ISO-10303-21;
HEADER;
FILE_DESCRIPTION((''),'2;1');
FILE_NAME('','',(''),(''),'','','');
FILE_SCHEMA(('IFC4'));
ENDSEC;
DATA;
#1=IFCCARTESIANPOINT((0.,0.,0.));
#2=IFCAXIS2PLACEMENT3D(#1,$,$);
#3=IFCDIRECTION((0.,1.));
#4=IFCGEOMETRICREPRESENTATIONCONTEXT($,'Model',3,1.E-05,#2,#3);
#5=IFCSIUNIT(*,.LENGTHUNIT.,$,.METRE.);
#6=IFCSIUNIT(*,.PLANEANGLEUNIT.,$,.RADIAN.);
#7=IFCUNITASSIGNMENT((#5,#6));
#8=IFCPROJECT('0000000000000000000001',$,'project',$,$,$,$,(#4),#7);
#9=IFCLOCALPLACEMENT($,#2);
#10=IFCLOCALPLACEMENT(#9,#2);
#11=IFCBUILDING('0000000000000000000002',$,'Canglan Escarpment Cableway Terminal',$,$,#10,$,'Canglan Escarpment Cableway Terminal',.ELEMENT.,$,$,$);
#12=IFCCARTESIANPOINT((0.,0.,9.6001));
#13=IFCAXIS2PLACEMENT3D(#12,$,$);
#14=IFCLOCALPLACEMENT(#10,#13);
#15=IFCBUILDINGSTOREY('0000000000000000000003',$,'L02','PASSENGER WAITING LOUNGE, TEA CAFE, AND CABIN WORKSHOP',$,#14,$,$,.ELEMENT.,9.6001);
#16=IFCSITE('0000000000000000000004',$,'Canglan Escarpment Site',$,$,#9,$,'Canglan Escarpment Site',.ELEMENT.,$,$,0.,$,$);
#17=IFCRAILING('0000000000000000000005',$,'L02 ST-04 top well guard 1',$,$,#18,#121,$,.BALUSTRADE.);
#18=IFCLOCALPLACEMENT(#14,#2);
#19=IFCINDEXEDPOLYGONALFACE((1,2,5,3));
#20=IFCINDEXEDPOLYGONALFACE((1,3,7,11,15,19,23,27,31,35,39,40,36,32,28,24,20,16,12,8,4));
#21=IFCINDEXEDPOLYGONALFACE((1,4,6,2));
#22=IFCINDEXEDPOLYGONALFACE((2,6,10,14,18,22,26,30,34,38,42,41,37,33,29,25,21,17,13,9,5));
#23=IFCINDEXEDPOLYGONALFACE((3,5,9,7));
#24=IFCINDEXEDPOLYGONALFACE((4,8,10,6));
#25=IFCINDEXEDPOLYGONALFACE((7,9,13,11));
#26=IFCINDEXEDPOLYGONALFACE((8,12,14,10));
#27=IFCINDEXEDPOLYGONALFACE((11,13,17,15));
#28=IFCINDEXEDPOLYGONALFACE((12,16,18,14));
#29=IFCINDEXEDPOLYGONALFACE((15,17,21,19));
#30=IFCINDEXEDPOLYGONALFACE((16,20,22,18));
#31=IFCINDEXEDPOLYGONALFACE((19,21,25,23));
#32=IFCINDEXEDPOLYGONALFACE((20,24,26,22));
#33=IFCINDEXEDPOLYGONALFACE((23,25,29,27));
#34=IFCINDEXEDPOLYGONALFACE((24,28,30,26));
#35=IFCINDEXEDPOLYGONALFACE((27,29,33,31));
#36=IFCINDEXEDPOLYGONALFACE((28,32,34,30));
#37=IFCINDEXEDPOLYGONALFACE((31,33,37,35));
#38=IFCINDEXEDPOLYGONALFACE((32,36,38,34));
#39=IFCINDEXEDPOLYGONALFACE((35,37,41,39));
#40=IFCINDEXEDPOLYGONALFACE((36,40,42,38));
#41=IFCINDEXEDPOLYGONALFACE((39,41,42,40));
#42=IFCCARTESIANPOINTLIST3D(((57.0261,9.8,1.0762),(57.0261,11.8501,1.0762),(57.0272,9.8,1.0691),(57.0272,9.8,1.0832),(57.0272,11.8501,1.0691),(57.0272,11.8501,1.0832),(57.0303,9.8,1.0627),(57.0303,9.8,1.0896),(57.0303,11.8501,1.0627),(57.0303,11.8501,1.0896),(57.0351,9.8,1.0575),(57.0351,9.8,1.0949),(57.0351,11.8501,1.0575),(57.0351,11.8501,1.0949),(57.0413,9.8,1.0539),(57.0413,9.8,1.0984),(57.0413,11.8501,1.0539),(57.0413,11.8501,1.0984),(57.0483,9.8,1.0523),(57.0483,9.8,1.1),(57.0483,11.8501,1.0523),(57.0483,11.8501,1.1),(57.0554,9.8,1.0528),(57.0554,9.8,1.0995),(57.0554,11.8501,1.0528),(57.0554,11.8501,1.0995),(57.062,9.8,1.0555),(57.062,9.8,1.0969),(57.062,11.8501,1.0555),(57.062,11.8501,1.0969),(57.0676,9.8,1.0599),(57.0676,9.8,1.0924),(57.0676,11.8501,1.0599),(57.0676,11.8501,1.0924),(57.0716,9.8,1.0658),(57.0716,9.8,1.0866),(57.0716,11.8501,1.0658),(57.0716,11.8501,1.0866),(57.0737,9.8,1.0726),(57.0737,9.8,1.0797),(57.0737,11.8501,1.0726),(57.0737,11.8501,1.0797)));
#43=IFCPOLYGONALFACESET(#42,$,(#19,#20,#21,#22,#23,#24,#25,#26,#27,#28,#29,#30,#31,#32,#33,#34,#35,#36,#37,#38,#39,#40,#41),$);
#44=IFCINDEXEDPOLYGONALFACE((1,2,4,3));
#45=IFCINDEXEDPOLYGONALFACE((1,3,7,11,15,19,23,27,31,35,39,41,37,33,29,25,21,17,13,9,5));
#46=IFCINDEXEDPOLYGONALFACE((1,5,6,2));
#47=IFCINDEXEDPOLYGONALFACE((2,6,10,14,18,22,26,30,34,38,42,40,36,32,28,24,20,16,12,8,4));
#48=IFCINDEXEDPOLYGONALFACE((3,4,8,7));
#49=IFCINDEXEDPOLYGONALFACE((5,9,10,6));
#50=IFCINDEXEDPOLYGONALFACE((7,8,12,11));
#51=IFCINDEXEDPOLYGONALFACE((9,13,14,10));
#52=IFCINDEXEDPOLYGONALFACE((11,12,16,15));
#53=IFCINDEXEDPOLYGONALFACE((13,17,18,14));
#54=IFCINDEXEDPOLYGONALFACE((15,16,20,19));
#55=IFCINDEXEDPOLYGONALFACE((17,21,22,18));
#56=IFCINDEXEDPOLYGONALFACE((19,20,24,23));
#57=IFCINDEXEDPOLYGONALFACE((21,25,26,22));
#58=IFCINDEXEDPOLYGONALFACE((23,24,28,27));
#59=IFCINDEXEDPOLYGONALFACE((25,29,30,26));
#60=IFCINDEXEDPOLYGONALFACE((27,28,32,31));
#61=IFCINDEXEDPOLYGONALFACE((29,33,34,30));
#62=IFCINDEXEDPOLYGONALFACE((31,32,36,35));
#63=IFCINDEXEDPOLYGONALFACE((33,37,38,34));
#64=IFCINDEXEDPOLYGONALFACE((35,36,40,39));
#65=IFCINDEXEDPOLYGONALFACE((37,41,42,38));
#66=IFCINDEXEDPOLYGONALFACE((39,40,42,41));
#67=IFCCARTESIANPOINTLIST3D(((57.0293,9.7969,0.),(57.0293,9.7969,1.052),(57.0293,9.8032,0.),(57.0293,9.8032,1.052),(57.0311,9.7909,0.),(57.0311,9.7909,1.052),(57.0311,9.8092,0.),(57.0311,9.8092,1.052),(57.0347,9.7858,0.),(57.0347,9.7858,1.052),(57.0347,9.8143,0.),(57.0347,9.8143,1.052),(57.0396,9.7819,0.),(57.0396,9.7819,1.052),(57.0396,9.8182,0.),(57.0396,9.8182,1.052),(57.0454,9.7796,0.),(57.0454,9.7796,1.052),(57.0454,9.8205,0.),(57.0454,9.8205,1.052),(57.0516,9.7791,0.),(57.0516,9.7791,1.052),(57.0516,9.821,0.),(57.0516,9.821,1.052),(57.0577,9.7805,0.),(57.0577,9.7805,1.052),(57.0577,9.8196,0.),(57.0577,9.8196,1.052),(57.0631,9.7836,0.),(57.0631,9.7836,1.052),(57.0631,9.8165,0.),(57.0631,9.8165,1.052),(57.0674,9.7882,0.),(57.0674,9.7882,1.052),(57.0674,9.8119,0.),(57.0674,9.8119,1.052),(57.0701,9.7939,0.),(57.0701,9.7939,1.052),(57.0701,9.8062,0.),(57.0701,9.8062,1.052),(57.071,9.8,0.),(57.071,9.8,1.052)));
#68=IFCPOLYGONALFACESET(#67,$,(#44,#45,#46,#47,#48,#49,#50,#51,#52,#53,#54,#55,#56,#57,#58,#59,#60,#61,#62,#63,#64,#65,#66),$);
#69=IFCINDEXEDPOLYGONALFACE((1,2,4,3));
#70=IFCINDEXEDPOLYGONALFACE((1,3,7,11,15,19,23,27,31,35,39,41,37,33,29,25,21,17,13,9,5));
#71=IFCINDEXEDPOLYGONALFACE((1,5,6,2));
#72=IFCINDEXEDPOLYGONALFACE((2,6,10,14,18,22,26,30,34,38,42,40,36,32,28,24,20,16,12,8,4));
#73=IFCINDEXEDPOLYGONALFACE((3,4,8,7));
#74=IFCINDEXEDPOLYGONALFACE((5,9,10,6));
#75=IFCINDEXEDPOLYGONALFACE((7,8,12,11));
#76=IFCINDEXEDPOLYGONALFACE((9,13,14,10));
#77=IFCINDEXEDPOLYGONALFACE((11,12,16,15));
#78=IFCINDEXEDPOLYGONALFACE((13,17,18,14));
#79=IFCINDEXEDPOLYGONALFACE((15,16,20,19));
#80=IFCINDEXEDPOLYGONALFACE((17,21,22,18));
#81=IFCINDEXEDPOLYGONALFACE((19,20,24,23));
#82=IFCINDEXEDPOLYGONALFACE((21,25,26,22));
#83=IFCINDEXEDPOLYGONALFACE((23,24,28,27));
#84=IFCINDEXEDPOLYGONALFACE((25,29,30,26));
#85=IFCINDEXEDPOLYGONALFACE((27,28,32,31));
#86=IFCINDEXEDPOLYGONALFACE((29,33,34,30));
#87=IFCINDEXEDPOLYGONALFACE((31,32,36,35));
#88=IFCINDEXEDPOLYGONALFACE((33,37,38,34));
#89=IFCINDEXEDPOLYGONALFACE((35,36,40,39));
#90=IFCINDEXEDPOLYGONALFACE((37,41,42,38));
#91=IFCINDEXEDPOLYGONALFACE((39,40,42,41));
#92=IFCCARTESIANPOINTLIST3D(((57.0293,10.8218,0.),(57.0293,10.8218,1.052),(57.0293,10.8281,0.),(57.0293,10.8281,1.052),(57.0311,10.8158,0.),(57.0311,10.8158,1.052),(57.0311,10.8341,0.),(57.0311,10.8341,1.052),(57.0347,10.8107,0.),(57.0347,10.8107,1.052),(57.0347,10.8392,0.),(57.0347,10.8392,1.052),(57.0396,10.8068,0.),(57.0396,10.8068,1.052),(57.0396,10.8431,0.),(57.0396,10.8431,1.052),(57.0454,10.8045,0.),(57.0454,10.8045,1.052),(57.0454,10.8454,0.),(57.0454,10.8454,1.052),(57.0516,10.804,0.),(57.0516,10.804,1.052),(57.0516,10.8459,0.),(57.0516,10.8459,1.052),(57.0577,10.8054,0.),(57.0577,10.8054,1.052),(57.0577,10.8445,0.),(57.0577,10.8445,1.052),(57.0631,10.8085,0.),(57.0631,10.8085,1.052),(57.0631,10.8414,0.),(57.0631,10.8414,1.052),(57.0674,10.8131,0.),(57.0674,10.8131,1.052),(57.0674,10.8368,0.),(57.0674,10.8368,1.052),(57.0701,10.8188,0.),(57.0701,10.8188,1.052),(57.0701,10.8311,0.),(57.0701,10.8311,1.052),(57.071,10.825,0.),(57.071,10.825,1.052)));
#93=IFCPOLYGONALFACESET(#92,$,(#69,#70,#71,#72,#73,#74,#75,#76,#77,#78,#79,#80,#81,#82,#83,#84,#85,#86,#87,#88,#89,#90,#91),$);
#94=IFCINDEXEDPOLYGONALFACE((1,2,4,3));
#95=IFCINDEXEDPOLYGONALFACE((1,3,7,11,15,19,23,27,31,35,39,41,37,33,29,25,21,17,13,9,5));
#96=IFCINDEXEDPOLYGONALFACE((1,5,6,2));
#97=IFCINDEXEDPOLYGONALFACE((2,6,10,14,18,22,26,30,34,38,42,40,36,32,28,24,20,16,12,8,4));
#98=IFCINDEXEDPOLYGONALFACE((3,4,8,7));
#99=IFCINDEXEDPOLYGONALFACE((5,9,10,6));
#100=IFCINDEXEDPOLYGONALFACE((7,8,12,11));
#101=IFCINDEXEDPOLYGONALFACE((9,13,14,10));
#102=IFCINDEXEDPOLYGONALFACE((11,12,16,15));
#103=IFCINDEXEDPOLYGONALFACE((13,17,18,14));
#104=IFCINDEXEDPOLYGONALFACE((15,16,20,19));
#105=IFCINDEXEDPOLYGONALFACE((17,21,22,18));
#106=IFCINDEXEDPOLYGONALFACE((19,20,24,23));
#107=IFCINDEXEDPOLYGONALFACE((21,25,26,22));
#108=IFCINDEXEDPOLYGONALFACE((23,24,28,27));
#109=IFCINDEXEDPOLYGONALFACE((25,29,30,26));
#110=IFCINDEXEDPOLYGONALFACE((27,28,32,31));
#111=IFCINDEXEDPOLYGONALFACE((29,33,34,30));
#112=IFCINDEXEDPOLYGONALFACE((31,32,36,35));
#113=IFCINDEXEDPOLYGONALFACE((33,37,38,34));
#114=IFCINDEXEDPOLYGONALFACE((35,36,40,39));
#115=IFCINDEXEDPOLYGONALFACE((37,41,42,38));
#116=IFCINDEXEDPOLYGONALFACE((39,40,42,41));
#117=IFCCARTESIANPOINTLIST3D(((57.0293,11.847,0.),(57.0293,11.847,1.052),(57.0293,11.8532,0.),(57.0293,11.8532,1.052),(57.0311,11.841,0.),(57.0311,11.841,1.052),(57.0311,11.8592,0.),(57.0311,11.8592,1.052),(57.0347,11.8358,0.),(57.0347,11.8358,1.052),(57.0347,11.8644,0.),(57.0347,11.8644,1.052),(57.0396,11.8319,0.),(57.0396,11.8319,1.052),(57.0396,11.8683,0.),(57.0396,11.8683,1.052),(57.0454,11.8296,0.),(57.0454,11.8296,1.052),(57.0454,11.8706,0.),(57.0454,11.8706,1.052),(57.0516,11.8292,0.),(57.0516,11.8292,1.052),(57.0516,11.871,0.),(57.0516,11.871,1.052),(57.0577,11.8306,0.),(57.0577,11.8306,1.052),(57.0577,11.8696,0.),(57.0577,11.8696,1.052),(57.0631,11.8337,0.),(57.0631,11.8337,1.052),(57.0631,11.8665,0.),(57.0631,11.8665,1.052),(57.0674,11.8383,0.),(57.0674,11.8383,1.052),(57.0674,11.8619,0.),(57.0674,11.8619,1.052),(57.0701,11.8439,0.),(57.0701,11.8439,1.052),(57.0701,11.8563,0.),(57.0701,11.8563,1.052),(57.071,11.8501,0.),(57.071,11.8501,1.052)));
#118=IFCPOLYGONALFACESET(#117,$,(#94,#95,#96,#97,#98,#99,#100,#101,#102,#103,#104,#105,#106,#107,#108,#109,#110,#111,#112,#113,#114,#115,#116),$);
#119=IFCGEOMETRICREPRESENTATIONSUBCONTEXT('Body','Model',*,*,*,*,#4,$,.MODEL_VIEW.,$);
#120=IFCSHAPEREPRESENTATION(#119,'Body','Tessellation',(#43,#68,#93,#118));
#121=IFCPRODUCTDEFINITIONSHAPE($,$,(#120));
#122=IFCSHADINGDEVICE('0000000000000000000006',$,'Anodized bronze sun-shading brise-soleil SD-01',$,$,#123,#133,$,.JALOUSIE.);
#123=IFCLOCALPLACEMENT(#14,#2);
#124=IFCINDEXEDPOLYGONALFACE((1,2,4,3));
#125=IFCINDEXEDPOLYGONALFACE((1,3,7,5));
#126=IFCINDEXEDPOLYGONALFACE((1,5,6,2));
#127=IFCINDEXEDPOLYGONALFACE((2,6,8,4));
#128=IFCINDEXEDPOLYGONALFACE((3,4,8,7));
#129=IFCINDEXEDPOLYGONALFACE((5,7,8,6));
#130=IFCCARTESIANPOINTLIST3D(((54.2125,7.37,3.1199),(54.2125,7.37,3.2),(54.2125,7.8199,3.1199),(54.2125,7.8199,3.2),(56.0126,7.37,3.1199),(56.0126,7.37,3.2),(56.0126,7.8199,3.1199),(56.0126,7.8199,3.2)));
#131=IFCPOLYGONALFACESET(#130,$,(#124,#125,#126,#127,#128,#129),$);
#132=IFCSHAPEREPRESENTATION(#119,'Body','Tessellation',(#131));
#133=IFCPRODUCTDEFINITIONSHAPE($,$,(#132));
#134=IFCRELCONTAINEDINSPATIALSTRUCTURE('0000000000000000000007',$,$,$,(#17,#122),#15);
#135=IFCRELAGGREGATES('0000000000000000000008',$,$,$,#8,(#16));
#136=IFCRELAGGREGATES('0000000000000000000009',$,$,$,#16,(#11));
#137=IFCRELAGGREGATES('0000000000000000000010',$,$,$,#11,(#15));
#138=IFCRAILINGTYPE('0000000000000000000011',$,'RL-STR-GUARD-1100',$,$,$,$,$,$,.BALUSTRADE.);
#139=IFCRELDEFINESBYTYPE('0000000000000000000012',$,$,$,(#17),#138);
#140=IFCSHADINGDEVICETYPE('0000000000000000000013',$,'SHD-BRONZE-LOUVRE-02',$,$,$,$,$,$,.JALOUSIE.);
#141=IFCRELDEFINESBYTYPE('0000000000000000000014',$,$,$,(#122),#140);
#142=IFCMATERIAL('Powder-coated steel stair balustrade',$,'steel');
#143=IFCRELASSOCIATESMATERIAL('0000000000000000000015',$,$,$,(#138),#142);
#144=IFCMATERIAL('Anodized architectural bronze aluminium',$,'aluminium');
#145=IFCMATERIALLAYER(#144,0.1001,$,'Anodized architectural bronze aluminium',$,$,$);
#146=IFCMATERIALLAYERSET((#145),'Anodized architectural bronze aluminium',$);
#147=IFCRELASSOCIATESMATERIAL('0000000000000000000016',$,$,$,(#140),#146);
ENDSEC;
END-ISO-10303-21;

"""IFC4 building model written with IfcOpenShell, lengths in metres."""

from ifc_helpers import new_model, si_unit, direction, frame, origin, origin_2d, place, context, subcontext, project, spatial, rectangle, circle, extrude, material, layer, layer_set, type_object, element, save


model = new_model("IFC4")

# Units and contexts
model_context = context("Model", 3, precision=1e-05, world=origin(), true_north=direction((0.0, 1.0)))
body_context = subcontext(model_context, "Body", "Model", "MODEL_VIEW")
ifc_project = project(units=[si_unit("LENGTHUNIT", "METRE"), si_unit("PLANEANGLEUNIT", "RADIAN")], contexts=[model_context])

# Site, building, storey
site_placement = place(None, origin())
site = spatial("IfcSite", under=ifc_project, at=site_placement, Name="Canglan Escarpment Site", LongName="Canglan Escarpment Site", CompositionType="ELEMENT", RefElevation=0.0)
building_placement = place(site_placement, origin())
building = spatial("IfcBuilding", under=site, at=building_placement, Name="Canglan Escarpment Cableway Terminal", LongName="Canglan Escarpment Cableway Terminal", CompositionType="ELEMENT")
storey_placement = place(building_placement, frame((0.0, 0.0, 9.6001)))
storey = spatial("IfcBuildingStorey", under=building, at=storey_placement, Name="L02", Description="PASSENGER WAITING LOUNGE, TEA CAFE, AND CABIN WORKSHOP", CompositionType="ELEMENT", Elevation=9.6001)

# Railing
ifc_material_1 = material(Name="Powder-coated steel stair balustrade", Category="steel")
railing_type = type_object("IfcRailingType", Name="RL-STR-GUARD-1100", PredefinedType="BALUSTRADE", material=ifc_material_1)
railing_placement = place(storey_placement, frame((57.05, 9.8, 0.0)))
element("IfcRailing", 1, at=railing_placement, inside=storey, type_object=railing_type, Name="L02 ST-04 top well guard 1", PredefinedType="BALUSTRADE", context=body_context, shape_type="SweptSolid", body=[
    extrude(circle(Radius=0.0239, at=origin_2d()), frame((0.0, 0.0, 1.0762), z_axis=(0.0, 1.0, 0.0), x_axis=(-1.0, 0.0, 0.0)), (0.0, 0.0, 1.0), 2.05),
    extrude(circle(Radius=0.021, at=origin_2d()), origin(), (0.0, 0.0, 1.0), 1.052),
    extrude(circle(Radius=0.021, at=origin_2d()), frame((0.0, 1.0249, 0.0)), (0.0, 0.0, 1.0), 1.052),
    extrude(circle(Radius=0.021, at=origin_2d()), frame((0.0, 2.05, 0.0)), (0.0, 0.0, 1.0), 1.052),
])

# Shading device
ifc_material_2 = material(Name="Anodized architectural bronze aluminium", Category="aluminium")
ifc_layer_1 = layer(ifc_material_2, 0.1001, Name="Anodized architectural bronze aluminium")
ifc_layer_set_1 = layer_set([ifc_layer_1], Name="Anodized architectural bronze aluminium")
shading_device_type = type_object("IfcShadingDeviceType", Name="SHD-BRONZE-LOUVRE-02", PredefinedType="JALOUSIE", material=ifc_layer_set_1)
shading_device_placement = place(storey_placement, frame((55.1125, 7.595, 3.1199), z_axis=(0.0, 0.0, 1.0), x_axis=(1.0, 0.0, 0.0)))
element("IfcShadingDevice", 2, at=shading_device_placement, inside=storey, type_object=shading_device_type, Name="Anodized bronze sun-shading brise-soleil SD-01", PredefinedType="JALOUSIE", context=body_context, shape_type="SweptSolid", body=[
    extrude(rectangle(XDim=1.8, YDim=0.45, at=origin_2d()), origin(), (0.0, 0.0, 1.0), 0.0801),
])

save(model, "model.ifc")
